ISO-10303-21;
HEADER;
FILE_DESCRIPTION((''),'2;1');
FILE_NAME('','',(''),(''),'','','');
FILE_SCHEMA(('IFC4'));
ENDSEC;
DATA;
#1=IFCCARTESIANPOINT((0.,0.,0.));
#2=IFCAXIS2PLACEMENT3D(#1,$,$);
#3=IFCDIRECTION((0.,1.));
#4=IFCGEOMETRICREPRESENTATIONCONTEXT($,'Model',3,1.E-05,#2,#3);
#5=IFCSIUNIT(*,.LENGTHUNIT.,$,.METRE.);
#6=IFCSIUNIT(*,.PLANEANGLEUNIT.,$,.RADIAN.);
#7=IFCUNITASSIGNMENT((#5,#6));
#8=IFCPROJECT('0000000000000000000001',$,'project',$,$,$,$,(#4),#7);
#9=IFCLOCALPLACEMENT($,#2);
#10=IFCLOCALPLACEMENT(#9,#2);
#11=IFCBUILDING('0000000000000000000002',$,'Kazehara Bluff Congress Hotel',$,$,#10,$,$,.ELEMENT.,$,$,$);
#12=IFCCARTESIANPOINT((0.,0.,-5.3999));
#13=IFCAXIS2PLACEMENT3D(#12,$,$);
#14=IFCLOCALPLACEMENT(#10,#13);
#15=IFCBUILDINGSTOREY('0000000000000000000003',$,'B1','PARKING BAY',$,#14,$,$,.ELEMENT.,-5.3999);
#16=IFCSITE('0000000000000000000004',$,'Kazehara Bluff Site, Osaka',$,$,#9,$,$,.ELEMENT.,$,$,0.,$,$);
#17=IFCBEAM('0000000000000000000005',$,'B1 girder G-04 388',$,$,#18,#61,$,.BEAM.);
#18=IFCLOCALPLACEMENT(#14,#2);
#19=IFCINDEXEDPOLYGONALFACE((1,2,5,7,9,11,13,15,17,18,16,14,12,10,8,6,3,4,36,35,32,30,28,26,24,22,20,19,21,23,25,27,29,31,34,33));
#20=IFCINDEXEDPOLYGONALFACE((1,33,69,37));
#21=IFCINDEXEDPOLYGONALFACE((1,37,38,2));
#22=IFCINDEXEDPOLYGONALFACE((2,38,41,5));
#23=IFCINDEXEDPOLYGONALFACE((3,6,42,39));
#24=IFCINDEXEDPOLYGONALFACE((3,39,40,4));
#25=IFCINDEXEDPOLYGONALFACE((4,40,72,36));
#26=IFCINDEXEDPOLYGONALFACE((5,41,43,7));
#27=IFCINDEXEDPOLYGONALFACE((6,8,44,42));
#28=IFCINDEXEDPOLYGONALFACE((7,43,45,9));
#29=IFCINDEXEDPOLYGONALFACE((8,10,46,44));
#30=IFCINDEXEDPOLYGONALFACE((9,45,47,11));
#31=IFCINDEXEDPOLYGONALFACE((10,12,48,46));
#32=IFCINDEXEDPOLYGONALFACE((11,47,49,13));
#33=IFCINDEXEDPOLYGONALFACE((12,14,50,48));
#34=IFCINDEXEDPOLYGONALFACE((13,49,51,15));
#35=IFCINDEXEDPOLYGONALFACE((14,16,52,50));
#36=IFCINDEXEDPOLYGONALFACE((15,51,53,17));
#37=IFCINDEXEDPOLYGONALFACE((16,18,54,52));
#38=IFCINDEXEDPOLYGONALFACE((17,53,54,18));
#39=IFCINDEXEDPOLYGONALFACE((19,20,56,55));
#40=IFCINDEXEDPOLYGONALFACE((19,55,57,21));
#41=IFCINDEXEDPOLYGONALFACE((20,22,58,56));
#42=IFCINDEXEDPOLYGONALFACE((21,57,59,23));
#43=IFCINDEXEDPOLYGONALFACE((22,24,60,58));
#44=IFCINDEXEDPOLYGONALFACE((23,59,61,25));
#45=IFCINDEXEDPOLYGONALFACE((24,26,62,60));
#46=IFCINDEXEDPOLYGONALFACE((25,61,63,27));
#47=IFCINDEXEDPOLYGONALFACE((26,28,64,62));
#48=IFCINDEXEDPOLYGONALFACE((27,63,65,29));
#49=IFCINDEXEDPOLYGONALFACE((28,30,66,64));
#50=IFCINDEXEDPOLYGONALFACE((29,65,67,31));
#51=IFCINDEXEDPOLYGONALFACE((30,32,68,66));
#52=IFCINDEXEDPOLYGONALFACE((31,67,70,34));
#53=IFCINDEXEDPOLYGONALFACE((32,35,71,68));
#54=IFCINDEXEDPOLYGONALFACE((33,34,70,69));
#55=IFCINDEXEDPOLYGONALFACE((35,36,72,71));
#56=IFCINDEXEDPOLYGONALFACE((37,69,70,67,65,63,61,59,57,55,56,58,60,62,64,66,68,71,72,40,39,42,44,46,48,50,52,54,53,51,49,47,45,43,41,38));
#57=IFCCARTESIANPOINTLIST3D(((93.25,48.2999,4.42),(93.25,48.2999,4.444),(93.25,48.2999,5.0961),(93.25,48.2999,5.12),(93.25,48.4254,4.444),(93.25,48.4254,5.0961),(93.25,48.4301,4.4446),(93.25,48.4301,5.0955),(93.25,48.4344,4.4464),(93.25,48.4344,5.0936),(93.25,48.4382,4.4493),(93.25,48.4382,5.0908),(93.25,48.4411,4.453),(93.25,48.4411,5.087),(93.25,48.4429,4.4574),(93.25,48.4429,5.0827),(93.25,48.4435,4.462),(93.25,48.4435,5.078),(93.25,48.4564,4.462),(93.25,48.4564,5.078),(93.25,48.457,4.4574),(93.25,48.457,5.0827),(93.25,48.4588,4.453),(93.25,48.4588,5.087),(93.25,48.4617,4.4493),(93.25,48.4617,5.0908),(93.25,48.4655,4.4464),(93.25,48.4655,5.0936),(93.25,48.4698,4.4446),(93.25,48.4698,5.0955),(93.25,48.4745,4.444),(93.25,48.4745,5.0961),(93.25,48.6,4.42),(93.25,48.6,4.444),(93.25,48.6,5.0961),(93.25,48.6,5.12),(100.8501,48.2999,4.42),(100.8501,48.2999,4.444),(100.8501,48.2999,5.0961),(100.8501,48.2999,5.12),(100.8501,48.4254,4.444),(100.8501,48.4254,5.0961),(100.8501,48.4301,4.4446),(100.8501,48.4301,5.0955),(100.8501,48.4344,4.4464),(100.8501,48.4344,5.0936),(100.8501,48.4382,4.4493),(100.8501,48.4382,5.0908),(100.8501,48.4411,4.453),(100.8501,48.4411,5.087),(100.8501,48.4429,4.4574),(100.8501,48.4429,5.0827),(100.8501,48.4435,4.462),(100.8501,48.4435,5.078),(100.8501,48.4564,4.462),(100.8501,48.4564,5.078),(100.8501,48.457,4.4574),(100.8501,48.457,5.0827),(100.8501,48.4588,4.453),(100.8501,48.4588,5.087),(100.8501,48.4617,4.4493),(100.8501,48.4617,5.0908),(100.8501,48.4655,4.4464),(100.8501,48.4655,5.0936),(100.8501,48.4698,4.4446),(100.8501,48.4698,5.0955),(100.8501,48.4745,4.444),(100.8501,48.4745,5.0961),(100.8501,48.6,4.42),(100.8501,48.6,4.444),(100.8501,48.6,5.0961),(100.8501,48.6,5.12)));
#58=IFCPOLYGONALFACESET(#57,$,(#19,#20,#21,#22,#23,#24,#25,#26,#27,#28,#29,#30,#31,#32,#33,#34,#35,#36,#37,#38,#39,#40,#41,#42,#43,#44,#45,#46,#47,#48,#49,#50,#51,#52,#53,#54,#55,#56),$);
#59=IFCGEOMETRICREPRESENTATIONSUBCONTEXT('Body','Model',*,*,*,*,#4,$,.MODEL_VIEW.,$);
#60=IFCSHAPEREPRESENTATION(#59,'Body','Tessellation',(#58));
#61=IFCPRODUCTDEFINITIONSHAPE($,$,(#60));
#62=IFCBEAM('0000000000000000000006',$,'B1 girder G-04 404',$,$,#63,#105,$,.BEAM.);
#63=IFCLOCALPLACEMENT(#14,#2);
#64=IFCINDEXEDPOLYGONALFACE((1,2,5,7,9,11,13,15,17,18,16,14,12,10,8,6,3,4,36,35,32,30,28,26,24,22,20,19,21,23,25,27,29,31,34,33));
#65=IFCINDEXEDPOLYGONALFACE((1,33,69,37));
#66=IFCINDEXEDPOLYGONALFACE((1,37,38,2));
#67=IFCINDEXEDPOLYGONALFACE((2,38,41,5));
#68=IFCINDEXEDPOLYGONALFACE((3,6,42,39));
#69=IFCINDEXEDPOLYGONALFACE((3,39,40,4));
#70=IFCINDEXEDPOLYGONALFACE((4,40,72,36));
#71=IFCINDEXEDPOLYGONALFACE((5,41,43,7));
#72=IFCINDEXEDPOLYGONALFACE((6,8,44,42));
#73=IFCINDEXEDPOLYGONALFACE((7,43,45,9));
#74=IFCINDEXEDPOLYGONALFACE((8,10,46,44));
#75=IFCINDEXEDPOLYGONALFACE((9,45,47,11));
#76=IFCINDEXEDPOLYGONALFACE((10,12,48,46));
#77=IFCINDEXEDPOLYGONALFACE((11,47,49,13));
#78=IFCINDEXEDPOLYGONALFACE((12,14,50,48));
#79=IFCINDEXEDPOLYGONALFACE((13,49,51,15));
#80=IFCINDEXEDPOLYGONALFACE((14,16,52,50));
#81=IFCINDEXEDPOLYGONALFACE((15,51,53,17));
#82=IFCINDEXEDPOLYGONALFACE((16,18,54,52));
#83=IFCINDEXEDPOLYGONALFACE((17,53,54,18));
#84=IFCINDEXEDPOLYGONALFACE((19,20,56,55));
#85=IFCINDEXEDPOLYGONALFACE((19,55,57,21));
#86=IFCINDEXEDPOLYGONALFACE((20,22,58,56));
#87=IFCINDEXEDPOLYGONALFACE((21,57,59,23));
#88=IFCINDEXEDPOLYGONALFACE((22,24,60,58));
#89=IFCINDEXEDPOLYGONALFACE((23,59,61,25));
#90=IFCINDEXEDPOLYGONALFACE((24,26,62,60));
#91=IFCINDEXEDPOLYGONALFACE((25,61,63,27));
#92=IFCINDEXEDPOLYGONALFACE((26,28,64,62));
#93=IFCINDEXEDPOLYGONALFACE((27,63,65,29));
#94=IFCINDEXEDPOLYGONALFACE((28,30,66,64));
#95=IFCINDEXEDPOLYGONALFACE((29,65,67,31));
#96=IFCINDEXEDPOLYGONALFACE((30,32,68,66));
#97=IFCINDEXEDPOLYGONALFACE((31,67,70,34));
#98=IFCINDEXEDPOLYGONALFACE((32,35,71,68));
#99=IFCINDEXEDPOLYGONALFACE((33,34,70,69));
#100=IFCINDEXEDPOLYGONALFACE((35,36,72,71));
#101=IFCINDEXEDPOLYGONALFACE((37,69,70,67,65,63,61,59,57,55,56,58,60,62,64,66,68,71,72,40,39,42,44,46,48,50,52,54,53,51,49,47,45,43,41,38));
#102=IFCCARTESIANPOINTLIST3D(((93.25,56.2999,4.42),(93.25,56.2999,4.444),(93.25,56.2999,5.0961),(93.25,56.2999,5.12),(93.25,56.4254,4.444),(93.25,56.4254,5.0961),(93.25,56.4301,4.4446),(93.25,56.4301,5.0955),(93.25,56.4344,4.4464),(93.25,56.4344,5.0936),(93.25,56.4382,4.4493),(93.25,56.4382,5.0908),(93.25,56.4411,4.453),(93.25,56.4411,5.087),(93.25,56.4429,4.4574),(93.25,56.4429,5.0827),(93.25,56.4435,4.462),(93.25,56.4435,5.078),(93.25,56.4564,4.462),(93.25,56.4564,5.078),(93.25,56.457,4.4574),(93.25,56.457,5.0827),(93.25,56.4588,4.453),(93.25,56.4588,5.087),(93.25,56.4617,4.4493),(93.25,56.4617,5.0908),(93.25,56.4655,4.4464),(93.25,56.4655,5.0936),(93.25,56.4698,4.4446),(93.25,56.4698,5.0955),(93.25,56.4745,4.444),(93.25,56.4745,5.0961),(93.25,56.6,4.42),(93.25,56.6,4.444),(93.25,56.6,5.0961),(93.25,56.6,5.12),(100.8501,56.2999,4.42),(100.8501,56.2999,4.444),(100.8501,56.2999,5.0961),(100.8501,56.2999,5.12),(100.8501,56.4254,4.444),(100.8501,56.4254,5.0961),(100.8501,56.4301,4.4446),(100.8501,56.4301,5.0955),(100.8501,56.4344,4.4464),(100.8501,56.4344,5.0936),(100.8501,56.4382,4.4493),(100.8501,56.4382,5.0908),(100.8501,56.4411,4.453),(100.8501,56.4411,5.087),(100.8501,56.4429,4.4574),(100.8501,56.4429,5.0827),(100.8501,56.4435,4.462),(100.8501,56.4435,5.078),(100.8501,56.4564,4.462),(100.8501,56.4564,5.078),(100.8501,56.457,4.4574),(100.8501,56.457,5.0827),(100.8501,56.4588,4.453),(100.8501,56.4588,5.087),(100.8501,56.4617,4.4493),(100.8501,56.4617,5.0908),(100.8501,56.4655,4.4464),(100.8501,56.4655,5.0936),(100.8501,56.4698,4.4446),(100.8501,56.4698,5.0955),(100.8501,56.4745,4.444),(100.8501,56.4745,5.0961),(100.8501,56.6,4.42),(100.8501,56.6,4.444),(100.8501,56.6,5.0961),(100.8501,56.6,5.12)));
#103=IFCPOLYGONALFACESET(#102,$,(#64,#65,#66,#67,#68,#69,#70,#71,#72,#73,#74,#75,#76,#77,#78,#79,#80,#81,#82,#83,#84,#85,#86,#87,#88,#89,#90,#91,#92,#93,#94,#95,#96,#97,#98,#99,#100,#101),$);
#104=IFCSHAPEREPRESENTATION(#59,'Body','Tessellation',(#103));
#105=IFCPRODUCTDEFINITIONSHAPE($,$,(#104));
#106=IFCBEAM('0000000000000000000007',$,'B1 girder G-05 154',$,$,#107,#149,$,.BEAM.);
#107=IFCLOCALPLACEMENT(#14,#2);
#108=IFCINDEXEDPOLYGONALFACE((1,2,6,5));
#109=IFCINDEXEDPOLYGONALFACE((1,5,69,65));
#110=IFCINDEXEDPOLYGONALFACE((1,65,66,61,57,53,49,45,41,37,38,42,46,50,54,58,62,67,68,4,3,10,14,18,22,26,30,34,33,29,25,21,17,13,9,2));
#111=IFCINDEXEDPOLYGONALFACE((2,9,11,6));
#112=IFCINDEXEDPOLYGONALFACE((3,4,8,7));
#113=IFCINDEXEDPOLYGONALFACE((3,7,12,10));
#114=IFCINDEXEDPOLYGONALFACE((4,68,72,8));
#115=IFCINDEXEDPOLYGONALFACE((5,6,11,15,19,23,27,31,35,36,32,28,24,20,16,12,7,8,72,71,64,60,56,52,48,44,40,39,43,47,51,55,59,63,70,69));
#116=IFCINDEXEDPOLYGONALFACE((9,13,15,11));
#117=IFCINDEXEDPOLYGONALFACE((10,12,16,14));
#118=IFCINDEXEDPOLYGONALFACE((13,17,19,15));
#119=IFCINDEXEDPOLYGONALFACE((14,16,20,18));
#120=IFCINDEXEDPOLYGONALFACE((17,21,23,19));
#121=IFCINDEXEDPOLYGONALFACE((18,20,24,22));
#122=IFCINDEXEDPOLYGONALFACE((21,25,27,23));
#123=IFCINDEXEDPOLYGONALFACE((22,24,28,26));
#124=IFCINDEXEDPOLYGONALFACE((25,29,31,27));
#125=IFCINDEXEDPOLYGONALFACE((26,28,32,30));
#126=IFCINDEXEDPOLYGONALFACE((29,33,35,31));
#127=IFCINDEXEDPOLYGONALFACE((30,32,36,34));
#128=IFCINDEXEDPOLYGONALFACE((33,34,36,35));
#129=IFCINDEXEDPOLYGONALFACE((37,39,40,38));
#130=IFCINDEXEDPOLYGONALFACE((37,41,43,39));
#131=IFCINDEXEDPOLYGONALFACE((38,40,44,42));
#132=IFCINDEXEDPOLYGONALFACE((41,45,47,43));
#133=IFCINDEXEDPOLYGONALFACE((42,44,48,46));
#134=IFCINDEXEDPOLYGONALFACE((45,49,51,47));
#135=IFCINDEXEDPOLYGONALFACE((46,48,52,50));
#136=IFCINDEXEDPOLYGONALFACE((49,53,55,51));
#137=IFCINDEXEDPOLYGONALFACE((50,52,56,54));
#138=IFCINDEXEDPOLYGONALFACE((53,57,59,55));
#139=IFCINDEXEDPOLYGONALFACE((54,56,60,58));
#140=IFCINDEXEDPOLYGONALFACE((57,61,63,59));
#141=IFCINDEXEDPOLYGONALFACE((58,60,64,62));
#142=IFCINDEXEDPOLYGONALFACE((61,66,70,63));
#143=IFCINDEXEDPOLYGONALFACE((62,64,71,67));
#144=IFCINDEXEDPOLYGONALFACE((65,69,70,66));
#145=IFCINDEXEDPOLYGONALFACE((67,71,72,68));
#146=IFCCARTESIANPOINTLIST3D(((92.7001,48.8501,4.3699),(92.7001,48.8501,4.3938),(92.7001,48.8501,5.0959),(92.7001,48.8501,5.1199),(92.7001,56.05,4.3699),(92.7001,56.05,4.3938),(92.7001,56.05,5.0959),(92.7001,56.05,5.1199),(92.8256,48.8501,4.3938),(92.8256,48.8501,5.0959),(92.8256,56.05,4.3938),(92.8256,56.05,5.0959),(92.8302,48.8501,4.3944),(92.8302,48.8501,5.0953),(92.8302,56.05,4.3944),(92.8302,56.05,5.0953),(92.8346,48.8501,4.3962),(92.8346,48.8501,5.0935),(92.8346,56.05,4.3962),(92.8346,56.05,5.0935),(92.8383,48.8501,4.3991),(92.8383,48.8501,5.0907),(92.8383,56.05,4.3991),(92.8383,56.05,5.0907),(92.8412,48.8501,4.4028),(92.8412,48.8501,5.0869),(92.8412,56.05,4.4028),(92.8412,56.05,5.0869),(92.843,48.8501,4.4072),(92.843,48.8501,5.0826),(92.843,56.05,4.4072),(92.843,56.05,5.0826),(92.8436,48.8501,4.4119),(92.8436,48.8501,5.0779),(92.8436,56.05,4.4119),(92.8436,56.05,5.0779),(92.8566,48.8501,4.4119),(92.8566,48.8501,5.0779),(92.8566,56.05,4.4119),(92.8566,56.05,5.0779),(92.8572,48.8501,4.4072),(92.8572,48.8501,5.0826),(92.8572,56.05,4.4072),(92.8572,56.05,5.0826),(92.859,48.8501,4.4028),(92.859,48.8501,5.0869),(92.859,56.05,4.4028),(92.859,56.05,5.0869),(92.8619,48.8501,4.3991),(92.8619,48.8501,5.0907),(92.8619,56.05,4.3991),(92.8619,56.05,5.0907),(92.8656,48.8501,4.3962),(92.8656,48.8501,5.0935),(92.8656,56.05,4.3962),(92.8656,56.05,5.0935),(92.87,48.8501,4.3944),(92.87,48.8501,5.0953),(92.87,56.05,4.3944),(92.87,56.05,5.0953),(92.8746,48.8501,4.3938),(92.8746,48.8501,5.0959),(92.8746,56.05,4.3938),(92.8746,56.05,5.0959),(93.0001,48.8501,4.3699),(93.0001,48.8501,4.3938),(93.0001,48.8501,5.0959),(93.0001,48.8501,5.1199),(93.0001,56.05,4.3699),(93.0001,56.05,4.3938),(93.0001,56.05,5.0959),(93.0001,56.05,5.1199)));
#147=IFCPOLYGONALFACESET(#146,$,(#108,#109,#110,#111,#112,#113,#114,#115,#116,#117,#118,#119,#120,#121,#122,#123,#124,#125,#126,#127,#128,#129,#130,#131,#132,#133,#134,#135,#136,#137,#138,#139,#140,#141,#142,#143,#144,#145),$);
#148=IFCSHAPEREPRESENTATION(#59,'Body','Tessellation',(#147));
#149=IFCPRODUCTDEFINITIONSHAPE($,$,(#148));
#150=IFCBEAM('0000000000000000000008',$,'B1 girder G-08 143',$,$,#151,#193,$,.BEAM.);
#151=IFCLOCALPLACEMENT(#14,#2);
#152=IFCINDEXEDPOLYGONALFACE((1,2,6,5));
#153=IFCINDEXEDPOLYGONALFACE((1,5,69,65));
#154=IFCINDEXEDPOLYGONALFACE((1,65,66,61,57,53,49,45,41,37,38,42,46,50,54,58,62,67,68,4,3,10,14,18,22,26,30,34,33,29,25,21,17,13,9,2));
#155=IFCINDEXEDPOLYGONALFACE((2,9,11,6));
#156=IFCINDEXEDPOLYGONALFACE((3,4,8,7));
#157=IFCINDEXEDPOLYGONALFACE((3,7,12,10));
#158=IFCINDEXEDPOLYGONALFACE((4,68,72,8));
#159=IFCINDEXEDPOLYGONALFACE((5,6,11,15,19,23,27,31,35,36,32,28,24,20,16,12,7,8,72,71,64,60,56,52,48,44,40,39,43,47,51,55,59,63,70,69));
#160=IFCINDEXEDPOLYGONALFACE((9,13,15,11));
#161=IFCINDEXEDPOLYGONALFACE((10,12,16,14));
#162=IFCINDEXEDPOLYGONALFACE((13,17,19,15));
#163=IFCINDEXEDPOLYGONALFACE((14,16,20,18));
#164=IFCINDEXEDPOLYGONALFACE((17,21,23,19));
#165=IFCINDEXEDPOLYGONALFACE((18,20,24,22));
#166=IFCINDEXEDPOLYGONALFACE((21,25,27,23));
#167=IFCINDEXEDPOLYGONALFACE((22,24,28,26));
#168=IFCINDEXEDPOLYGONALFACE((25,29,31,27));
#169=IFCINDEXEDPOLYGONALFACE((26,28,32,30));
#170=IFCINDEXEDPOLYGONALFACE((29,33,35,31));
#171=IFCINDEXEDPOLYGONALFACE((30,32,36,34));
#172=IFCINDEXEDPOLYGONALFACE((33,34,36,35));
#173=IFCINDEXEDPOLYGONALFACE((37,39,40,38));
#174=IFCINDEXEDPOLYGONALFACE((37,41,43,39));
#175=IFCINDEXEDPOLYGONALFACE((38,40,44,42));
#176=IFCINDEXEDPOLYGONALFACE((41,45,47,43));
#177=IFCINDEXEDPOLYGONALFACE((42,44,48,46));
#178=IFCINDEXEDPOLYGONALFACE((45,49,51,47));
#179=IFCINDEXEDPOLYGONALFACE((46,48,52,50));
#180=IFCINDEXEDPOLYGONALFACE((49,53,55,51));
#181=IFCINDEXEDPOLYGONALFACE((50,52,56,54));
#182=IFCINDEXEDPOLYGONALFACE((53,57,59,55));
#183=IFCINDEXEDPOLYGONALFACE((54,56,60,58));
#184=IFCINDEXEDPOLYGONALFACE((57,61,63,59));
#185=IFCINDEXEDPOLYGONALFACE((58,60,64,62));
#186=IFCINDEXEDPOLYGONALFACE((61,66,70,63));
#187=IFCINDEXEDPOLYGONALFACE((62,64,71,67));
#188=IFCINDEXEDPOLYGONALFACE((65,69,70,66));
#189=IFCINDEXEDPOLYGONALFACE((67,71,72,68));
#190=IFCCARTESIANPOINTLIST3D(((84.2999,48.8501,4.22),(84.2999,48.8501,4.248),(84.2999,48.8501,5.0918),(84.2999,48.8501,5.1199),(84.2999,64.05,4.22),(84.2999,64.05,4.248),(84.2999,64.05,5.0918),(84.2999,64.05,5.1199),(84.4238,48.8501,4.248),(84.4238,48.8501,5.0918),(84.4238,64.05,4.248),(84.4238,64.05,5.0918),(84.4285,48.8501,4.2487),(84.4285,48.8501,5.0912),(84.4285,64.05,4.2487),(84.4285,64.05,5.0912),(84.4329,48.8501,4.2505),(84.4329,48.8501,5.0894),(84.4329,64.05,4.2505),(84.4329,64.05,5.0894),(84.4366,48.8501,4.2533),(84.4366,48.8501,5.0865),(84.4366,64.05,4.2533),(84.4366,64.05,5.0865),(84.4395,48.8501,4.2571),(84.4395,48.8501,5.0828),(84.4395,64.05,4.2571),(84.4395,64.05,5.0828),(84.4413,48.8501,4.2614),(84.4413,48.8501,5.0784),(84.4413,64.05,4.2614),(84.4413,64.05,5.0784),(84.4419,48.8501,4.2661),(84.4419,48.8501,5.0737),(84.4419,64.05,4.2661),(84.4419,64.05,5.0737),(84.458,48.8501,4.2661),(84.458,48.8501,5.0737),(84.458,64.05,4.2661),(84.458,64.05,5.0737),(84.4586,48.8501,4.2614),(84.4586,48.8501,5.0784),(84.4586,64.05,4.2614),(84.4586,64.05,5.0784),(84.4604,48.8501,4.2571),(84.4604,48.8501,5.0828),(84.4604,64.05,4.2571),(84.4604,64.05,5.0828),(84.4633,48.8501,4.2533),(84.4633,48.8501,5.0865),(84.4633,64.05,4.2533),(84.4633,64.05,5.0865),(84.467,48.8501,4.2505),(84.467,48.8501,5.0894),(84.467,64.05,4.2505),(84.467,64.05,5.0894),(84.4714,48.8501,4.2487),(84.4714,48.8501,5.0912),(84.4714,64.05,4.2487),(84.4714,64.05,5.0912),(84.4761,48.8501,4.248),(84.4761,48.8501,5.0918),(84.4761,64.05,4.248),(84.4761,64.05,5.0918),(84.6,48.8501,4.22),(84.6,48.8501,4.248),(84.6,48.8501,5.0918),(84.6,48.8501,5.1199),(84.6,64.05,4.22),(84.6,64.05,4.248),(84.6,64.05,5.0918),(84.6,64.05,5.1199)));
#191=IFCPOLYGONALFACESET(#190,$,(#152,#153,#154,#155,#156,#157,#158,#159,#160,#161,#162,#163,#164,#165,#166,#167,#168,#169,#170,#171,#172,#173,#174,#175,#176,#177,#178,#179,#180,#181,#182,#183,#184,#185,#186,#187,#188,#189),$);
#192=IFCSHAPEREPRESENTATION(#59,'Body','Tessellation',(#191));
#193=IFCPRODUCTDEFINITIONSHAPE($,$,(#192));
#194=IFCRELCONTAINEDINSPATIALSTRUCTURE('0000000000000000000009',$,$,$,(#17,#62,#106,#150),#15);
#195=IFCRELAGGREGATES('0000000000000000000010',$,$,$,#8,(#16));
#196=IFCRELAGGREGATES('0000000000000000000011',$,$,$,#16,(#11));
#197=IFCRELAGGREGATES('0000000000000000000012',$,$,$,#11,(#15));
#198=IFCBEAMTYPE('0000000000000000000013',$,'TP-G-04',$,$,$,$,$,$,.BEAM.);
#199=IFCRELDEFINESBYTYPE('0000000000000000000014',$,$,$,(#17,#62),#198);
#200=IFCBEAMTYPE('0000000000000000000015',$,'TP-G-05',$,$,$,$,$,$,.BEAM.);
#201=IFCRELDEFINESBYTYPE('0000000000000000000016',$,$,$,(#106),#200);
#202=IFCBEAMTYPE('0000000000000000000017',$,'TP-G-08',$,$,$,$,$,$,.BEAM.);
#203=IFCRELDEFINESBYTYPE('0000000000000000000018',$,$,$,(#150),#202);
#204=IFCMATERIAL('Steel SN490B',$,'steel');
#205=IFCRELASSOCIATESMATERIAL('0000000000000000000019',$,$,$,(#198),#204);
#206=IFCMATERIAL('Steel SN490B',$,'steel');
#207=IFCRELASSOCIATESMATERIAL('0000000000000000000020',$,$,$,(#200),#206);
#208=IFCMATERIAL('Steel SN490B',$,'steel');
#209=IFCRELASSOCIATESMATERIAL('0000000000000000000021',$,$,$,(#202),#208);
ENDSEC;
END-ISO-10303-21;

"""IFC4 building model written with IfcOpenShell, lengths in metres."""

from ifc_helpers import new_model, si_unit, direction, frame, origin, origin_2d, place, context, subcontext, project, spatial, i_section, extrude, material, material_profile, profile_set, type_object, element, save


model = new_model("IFC4")

# Units and contexts
model_context = context("Model", 3, precision=1e-05, world=origin(), true_north=direction((0.0, 1.0)))
body_context = subcontext(model_context, "Body", "Model", "MODEL_VIEW")
ifc_project = project(units=[si_unit("LENGTHUNIT", "METRE"), si_unit("PLANEANGLEUNIT", "RADIAN")], contexts=[model_context])

# Site, building, storey
site_placement = place(None, origin())
site = spatial("IfcSite", under=ifc_project, at=site_placement, Name="Kazehara Bluff Site, Osaka", CompositionType="ELEMENT", RefElevation=0.0)
building_placement = place(site_placement, origin())
building = spatial("IfcBuilding", under=site, at=building_placement, Name="Kazehara Bluff Congress Hotel", CompositionType="ELEMENT")
storey_placement = place(building_placement, frame((0.0, 0.0, -5.3999)))
storey = spatial("IfcBuildingStorey", under=building, at=storey_placement, Name="B1", Description="PARKING BAY", CompositionType="ELEMENT", Elevation=-5.3999)

# Beams
ifc_material_1 = material(Name="Steel SN490B", Category="steel")
ifc_material_profile_1 = material_profile(ifc_material_1, i_section(OverallWidth=0.3, OverallDepth=0.7, WebThickness=0.0129, FlangeThickness=0.0239, FilletRadius=0.0181, at=origin_2d()))
ifc_profile_set_1 = profile_set([ifc_material_profile_1], Name="Steel SN490B")
beam_type_1 = type_object("IfcBeamType", Name="TP-G-04", PredefinedType="BEAM", material=ifc_profile_set_1)
for number, where, z_axis, x_axis, name in (
    (1, (93.25, 48.45, 4.77), (1.0, 0.0, 0.0), (0.0, 1.0, 0.0), "B1 girder G-04 388"),
    (2, (93.25, 56.45, 4.77), (1.0, 0.0, 0.0), (0.0, 1.0, 0.0), "B1 girder G-04 404"),
):
    element("IfcBeam", number, at=place(storey_placement, frame(where, z_axis=z_axis, x_axis=x_axis)), inside=storey, type_object=beam_type_1, Name=name, PredefinedType="BEAM", context=body_context, shape_type="SweptSolid", body=[
        extrude(i_section(OverallWidth=0.3, OverallDepth=0.7, WebThickness=0.0129, FlangeThickness=0.0239, FilletRadius=0.0181, at=origin_2d()), origin(), (0.0, 0.0, 1.0), 7.6001),
    ])
ifc_material_2 = material(Name="Steel SN490B", Category="steel")
ifc_material_profile_2 = material_profile(ifc_material_2, i_section(OverallWidth=0.3, OverallDepth=0.75, WebThickness=0.0129, FlangeThickness=0.0239, FilletRadius=0.0181, at=origin_2d()))
ifc_profile_set_2 = profile_set([ifc_material_profile_2], Name="Steel SN490B")
beam_type_2 = type_object("IfcBeamType", Name="TP-G-05", PredefinedType="BEAM", material=ifc_profile_set_2)
beam_1_placement = place(storey_placement, frame((92.8501, 48.8501, 4.7449), z_axis=(0.0, 1.0, 0.0), x_axis=(-1.0, 0.0, 0.0)))
element("IfcBeam", 3, at=beam_1_placement, inside=storey, type_object=beam_type_2, Name="B1 girder G-05 154", PredefinedType="BEAM", context=body_context, shape_type="SweptSolid", body=[
    extrude(i_section(OverallWidth=0.3, OverallDepth=0.75, WebThickness=0.0129, FlangeThickness=0.0239, FilletRadius=0.0181, at=origin_2d()), origin(), (0.0, 0.0, 1.0), 7.2),
])
ifc_material_3 = material(Name="Steel SN490B", Category="steel")
ifc_material_profile_3 = material_profile(ifc_material_3, i_section(OverallWidth=0.3, OverallDepth=0.8999, WebThickness=0.0161, FlangeThickness=0.0281, FilletRadius=0.0181, at=origin_2d()))
ifc_profile_set_3 = profile_set([ifc_material_profile_3], Name="Steel SN490B")
beam_type_3 = type_object("IfcBeamType", Name="TP-G-08", PredefinedType="BEAM", material=ifc_profile_set_3)
beam_2_placement = place(storey_placement, frame((84.45, 48.8501, 4.6699), z_axis=(0.0, 1.0, 0.0), x_axis=(-1.0, 0.0, 0.0)))
element("IfcBeam", 4, at=beam_2_placement, inside=storey, type_object=beam_type_3, Name="B1 girder G-08 143", PredefinedType="BEAM", context=body_context, shape_type="SweptSolid", body=[
    extrude(i_section(OverallWidth=0.3, OverallDepth=0.8999, WebThickness=0.0161, FlangeThickness=0.0281, FilletRadius=0.0181, at=origin_2d()), origin(), (0.0, 0.0, 1.0), 15.2),
])

save(model, "model.ifc")
